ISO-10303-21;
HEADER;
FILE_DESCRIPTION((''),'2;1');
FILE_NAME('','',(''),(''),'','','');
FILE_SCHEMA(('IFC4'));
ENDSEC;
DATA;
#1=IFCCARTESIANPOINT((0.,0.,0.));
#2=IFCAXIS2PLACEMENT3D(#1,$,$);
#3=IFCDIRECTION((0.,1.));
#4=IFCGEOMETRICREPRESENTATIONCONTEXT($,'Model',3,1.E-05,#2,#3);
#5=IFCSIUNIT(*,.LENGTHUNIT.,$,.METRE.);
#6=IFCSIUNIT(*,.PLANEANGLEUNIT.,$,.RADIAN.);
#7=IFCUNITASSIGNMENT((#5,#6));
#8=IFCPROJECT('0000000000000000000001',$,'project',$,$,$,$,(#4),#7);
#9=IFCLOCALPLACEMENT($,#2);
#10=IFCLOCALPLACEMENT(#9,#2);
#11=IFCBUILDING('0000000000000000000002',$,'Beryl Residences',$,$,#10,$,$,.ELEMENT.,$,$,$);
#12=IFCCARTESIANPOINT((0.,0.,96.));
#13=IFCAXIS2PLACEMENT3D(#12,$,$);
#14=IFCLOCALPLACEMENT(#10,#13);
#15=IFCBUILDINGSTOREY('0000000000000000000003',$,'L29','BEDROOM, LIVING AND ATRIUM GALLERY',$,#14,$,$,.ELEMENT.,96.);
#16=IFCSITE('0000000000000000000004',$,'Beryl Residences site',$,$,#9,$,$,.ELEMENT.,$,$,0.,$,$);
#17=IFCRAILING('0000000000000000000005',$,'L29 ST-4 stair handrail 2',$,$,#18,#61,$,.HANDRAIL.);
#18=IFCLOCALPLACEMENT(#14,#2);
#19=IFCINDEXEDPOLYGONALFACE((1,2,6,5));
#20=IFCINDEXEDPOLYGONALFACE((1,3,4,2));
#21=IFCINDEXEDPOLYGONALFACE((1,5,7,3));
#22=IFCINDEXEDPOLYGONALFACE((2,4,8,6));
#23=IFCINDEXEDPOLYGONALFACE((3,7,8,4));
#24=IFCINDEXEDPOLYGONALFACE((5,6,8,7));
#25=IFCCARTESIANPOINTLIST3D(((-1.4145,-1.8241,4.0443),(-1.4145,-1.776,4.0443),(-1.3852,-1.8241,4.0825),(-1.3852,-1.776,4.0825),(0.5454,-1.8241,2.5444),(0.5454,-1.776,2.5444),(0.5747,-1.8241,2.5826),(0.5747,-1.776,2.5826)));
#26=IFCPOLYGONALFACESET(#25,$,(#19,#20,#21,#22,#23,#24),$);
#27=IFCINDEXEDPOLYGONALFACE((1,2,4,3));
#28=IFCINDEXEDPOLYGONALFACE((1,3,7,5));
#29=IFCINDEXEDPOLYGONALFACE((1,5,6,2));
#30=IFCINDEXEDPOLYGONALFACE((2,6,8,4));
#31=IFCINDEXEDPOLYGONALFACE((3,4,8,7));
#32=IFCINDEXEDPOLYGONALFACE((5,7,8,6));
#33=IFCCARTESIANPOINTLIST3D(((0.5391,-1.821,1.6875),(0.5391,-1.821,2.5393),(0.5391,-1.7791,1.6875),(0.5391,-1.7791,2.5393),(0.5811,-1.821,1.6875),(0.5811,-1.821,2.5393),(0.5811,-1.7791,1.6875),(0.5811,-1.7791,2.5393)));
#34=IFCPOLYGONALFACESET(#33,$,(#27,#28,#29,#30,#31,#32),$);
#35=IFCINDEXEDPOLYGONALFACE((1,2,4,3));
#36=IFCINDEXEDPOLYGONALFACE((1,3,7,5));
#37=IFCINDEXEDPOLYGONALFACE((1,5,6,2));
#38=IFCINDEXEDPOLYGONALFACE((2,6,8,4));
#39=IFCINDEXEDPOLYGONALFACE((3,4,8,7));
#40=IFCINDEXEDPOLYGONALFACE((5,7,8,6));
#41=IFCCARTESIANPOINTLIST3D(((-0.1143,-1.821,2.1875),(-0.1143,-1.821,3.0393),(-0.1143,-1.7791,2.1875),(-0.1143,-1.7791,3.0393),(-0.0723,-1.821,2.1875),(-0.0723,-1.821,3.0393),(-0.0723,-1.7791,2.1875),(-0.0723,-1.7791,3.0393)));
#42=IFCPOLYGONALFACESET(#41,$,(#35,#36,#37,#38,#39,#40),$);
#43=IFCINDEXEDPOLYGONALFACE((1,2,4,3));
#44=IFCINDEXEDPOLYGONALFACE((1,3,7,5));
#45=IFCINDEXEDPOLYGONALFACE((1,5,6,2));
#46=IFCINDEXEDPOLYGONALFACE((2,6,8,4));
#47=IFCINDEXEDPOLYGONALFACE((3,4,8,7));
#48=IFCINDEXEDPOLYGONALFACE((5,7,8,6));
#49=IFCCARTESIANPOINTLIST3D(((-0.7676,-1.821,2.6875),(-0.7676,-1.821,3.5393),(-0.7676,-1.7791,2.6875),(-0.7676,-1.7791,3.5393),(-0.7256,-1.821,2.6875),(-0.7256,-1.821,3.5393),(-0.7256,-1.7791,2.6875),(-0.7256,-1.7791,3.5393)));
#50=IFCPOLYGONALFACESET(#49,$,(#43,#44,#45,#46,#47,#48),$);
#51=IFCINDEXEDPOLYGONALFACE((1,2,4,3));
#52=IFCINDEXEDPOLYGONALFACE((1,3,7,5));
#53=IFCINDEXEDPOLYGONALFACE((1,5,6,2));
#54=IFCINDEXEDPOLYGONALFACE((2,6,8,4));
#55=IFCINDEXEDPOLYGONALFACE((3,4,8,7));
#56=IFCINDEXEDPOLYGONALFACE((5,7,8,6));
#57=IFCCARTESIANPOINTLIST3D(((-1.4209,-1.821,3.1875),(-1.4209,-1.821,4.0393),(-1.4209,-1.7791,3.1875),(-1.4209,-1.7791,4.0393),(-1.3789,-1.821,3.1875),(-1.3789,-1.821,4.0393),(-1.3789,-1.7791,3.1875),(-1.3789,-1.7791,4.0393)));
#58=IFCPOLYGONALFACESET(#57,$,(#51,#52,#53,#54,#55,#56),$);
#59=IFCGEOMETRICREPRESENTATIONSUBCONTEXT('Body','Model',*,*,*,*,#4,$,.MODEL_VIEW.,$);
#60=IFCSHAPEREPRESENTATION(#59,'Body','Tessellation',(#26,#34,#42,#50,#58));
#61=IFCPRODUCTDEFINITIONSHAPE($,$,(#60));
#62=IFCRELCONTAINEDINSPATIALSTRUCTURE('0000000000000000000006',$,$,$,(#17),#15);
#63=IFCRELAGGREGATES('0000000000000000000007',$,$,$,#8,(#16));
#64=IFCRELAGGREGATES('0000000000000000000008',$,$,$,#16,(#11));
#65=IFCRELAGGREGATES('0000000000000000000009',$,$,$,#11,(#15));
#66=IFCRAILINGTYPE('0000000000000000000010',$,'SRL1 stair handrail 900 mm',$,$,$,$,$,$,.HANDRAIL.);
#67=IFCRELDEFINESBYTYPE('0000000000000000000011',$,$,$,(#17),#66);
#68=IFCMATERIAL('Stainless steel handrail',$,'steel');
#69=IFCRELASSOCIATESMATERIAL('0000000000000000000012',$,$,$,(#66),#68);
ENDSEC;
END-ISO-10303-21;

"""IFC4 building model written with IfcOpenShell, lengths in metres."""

from ifc_helpers import new_model, si_unit, direction, frame, origin, origin_2d, place, context, subcontext, project, spatial, rectangle, extrude, material, type_object, element, save


model = new_model("IFC4")

# Units and contexts
model_context = context("Model", 3, precision=1e-05, world=origin(), true_north=direction((0.0, 1.0)))
body_context = subcontext(model_context, "Body", "Model", "MODEL_VIEW")
ifc_project = project(units=[si_unit("LENGTHUNIT", "METRE"), si_unit("PLANEANGLEUNIT", "RADIAN")], contexts=[model_context])

# Site, building, storey
site_placement = place(None, origin())
site = spatial("IfcSite", under=ifc_project, at=site_placement, Name="Beryl Residences site", CompositionType="ELEMENT", RefElevation=0.0)
building_placement = place(site_placement, origin())
building = spatial("IfcBuilding", under=site, at=building_placement, Name="Beryl Residences", CompositionType="ELEMENT")
storey_placement = place(building_placement, frame((0.0, 0.0, 96.0)))
storey = spatial("IfcBuildingStorey", under=building, at=storey_placement, Name="L29", Description="BEDROOM, LIVING AND ATRIUM GALLERY", CompositionType="ELEMENT", Elevation=96.0)

# Railing
ifc_material_1 = material(Name="Stainless steel handrail", Category="steel")
railing_type_1 = type_object("IfcRailingType", Name="SRL1 stair handrail 900 mm", PredefinedType="HANDRAIL", material=ifc_material_1)
railing_1_placement = place(storey_placement, frame((0.5601, -1.8, 1.6875)))
element("IfcRailing", 1, at=railing_1_placement, inside=storey, type_object=railing_type_1, Name="L29 ST-4 stair handrail 2", PredefinedType="HANDRAIL", context=body_context, shape_type="SweptSolid", body=[
    extrude(rectangle(XDim=0.0481, YDim=0.0481, at=origin_2d()), frame((0.0, 0.0, 0.876), z_axis=(-0.794122, 0.0, 0.607758), x_axis=(0.0, -1.0, 0.0)), (0.0, 0.0, 1.0), 2.468),
    extrude(rectangle(XDim=0.042, YDim=0.042, at=origin_2d()), origin(), (0.0, 0.0, 1.0), 0.8518),
    extrude(rectangle(XDim=0.042, YDim=0.042, at=origin_2d()), frame((-0.6533, 0.0, 0.5)), (0.0, 0.0, 1.0), 0.8518),
    extrude(rectangle(XDim=0.042, YDim=0.042, at=origin_2d()), frame((-1.3066, 0.0, 1.0)), (0.0, 0.0, 1.0), 0.8518),
    extrude(rectangle(XDim=0.042, YDim=0.042, at=origin_2d()), frame((-1.96, 0.0, 1.5)), (0.0, 0.0, 1.0), 0.8518),
])

save(model, "model.ifc")
